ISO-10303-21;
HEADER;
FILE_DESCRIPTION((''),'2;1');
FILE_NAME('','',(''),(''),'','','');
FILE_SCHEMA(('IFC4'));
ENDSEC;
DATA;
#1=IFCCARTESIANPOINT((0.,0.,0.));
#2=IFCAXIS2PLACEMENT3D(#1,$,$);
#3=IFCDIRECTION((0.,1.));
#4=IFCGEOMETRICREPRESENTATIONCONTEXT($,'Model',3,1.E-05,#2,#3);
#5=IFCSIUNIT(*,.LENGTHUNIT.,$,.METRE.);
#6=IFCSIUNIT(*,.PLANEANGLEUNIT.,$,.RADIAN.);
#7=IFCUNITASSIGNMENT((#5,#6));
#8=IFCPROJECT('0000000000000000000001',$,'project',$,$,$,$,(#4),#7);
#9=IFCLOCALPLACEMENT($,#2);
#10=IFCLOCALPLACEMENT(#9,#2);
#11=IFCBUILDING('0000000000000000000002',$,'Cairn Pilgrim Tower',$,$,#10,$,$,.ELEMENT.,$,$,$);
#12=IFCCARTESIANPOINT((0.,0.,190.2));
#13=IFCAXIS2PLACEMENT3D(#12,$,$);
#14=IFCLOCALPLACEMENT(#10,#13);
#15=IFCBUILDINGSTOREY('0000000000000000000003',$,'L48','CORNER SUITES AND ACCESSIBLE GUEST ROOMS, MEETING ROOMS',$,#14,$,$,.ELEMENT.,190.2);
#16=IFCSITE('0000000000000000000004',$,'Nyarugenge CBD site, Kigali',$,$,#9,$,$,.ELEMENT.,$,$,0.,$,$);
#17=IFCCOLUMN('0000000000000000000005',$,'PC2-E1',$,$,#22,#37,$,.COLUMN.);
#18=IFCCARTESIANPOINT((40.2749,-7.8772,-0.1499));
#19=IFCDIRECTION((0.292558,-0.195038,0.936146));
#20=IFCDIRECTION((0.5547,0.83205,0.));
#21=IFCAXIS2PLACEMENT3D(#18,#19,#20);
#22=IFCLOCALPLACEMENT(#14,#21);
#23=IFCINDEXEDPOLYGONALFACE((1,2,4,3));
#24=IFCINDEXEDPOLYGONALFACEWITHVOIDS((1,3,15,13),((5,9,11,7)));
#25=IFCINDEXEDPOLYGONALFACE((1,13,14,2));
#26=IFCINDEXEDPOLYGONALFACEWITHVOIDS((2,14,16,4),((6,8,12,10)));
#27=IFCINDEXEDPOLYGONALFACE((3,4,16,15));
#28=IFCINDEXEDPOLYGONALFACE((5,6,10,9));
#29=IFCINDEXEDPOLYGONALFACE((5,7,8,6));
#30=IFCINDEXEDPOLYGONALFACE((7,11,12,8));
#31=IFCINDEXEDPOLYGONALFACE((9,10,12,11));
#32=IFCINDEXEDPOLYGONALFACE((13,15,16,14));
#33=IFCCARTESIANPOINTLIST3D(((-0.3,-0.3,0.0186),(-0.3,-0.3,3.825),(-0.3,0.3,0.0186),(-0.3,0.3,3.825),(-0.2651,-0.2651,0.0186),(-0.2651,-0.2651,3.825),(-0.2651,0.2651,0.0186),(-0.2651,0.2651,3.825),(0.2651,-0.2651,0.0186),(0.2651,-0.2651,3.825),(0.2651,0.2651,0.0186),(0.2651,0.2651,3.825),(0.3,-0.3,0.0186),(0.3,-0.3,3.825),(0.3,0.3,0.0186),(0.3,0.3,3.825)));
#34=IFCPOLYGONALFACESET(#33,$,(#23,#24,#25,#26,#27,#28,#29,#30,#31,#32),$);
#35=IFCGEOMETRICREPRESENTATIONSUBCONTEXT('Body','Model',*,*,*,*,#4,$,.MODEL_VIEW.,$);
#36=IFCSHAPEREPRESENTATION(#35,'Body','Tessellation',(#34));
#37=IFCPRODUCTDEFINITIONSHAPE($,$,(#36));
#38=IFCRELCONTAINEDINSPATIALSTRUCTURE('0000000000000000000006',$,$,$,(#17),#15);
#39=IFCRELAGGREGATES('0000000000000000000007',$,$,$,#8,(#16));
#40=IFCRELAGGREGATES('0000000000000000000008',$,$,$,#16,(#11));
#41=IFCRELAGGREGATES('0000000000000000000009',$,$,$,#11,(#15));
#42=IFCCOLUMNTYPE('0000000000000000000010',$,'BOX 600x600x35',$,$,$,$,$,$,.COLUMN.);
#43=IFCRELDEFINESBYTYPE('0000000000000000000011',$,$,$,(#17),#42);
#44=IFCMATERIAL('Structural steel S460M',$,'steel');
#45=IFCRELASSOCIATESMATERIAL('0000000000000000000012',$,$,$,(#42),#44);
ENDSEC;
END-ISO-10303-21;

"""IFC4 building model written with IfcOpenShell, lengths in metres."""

from ifc_helpers import new_model, si_unit, direction, frame, origin, origin_2d, place, context, subcontext, project, spatial, hollow_rectangle, extrude, clip, halfspace, material, material_profile, profile_set, type_object, element, save


model = new_model("IFC4")

# Units and contexts
model_context = context("Model", 3, precision=1e-05, world=origin(), true_north=direction((0.0, 1.0)))
body_context = subcontext(model_context, "Body", "Model", "MODEL_VIEW")
ifc_project = project(units=[si_unit("LENGTHUNIT", "METRE"), si_unit("PLANEANGLEUNIT", "RADIAN")], contexts=[model_context])

# Site, building, storey
site_placement = place(None, origin())
site = spatial("IfcSite", under=ifc_project, at=site_placement, Name="Nyarugenge CBD site, Kigali", CompositionType="ELEMENT", RefElevation=0.0)
building_placement = place(site_placement, origin())
building = spatial("IfcBuilding", under=site, at=building_placement, Name="Cairn Pilgrim Tower", CompositionType="ELEMENT")
storey_placement = place(building_placement, frame((0.0, 0.0, 190.2)))
storey = spatial("IfcBuildingStorey", under=building, at=storey_placement, Name="L48", Description="CORNER SUITES AND ACCESSIBLE GUEST ROOMS, MEETING ROOMS", CompositionType="ELEMENT", Elevation=190.2)

# Column
ifc_material_1 = material(Name="Structural steel S460M", Category="steel")
ifc_material_profile_1 = material_profile(ifc_material_1, hollow_rectangle(XDim=0.6001, YDim=0.6001, WallThickness=0.0349, at=origin_2d()), Name="BOX 600x600x35")
ifc_profile_set_1 = profile_set([ifc_material_profile_1], Name="Structural steel S460M")
column_type = type_object("IfcColumnType", Name="BOX 600x600x35", PredefinedType="COLUMN", material=ifc_profile_set_1)
column_placement = place(storey_placement, frame((40.2749, -7.8772, -0.1499), z_axis=(0.292558, -0.195038, 0.936146), x_axis=(0.5547, 0.83205, 0.0)))
element("IfcColumn", 1, at=column_placement, inside=storey, type_object=column_type, Name="PC2-E1", PredefinedType="COLUMN", context=body_context, shape_type="Clipping", body=[
    clip(clip(extrude(hollow_rectangle(XDim=0.6001, YDim=0.6001, WallThickness=0.0349, at=origin_2d()), origin(), (0.0, 0.0, 1.0), 3.8455), halfspace(frame((0.0, 0.0, 0.0186), z_axis=(0.0, 0.0, 1.0), x_axis=(1.0, 0.0, 0.0)), True)), halfspace(frame((0.0, 0.0, 3.825), z_axis=(0.0, 0.0, 1.0), x_axis=(1.0, 0.0, 0.0)), False)),
])

save(model, "model.ifc")
